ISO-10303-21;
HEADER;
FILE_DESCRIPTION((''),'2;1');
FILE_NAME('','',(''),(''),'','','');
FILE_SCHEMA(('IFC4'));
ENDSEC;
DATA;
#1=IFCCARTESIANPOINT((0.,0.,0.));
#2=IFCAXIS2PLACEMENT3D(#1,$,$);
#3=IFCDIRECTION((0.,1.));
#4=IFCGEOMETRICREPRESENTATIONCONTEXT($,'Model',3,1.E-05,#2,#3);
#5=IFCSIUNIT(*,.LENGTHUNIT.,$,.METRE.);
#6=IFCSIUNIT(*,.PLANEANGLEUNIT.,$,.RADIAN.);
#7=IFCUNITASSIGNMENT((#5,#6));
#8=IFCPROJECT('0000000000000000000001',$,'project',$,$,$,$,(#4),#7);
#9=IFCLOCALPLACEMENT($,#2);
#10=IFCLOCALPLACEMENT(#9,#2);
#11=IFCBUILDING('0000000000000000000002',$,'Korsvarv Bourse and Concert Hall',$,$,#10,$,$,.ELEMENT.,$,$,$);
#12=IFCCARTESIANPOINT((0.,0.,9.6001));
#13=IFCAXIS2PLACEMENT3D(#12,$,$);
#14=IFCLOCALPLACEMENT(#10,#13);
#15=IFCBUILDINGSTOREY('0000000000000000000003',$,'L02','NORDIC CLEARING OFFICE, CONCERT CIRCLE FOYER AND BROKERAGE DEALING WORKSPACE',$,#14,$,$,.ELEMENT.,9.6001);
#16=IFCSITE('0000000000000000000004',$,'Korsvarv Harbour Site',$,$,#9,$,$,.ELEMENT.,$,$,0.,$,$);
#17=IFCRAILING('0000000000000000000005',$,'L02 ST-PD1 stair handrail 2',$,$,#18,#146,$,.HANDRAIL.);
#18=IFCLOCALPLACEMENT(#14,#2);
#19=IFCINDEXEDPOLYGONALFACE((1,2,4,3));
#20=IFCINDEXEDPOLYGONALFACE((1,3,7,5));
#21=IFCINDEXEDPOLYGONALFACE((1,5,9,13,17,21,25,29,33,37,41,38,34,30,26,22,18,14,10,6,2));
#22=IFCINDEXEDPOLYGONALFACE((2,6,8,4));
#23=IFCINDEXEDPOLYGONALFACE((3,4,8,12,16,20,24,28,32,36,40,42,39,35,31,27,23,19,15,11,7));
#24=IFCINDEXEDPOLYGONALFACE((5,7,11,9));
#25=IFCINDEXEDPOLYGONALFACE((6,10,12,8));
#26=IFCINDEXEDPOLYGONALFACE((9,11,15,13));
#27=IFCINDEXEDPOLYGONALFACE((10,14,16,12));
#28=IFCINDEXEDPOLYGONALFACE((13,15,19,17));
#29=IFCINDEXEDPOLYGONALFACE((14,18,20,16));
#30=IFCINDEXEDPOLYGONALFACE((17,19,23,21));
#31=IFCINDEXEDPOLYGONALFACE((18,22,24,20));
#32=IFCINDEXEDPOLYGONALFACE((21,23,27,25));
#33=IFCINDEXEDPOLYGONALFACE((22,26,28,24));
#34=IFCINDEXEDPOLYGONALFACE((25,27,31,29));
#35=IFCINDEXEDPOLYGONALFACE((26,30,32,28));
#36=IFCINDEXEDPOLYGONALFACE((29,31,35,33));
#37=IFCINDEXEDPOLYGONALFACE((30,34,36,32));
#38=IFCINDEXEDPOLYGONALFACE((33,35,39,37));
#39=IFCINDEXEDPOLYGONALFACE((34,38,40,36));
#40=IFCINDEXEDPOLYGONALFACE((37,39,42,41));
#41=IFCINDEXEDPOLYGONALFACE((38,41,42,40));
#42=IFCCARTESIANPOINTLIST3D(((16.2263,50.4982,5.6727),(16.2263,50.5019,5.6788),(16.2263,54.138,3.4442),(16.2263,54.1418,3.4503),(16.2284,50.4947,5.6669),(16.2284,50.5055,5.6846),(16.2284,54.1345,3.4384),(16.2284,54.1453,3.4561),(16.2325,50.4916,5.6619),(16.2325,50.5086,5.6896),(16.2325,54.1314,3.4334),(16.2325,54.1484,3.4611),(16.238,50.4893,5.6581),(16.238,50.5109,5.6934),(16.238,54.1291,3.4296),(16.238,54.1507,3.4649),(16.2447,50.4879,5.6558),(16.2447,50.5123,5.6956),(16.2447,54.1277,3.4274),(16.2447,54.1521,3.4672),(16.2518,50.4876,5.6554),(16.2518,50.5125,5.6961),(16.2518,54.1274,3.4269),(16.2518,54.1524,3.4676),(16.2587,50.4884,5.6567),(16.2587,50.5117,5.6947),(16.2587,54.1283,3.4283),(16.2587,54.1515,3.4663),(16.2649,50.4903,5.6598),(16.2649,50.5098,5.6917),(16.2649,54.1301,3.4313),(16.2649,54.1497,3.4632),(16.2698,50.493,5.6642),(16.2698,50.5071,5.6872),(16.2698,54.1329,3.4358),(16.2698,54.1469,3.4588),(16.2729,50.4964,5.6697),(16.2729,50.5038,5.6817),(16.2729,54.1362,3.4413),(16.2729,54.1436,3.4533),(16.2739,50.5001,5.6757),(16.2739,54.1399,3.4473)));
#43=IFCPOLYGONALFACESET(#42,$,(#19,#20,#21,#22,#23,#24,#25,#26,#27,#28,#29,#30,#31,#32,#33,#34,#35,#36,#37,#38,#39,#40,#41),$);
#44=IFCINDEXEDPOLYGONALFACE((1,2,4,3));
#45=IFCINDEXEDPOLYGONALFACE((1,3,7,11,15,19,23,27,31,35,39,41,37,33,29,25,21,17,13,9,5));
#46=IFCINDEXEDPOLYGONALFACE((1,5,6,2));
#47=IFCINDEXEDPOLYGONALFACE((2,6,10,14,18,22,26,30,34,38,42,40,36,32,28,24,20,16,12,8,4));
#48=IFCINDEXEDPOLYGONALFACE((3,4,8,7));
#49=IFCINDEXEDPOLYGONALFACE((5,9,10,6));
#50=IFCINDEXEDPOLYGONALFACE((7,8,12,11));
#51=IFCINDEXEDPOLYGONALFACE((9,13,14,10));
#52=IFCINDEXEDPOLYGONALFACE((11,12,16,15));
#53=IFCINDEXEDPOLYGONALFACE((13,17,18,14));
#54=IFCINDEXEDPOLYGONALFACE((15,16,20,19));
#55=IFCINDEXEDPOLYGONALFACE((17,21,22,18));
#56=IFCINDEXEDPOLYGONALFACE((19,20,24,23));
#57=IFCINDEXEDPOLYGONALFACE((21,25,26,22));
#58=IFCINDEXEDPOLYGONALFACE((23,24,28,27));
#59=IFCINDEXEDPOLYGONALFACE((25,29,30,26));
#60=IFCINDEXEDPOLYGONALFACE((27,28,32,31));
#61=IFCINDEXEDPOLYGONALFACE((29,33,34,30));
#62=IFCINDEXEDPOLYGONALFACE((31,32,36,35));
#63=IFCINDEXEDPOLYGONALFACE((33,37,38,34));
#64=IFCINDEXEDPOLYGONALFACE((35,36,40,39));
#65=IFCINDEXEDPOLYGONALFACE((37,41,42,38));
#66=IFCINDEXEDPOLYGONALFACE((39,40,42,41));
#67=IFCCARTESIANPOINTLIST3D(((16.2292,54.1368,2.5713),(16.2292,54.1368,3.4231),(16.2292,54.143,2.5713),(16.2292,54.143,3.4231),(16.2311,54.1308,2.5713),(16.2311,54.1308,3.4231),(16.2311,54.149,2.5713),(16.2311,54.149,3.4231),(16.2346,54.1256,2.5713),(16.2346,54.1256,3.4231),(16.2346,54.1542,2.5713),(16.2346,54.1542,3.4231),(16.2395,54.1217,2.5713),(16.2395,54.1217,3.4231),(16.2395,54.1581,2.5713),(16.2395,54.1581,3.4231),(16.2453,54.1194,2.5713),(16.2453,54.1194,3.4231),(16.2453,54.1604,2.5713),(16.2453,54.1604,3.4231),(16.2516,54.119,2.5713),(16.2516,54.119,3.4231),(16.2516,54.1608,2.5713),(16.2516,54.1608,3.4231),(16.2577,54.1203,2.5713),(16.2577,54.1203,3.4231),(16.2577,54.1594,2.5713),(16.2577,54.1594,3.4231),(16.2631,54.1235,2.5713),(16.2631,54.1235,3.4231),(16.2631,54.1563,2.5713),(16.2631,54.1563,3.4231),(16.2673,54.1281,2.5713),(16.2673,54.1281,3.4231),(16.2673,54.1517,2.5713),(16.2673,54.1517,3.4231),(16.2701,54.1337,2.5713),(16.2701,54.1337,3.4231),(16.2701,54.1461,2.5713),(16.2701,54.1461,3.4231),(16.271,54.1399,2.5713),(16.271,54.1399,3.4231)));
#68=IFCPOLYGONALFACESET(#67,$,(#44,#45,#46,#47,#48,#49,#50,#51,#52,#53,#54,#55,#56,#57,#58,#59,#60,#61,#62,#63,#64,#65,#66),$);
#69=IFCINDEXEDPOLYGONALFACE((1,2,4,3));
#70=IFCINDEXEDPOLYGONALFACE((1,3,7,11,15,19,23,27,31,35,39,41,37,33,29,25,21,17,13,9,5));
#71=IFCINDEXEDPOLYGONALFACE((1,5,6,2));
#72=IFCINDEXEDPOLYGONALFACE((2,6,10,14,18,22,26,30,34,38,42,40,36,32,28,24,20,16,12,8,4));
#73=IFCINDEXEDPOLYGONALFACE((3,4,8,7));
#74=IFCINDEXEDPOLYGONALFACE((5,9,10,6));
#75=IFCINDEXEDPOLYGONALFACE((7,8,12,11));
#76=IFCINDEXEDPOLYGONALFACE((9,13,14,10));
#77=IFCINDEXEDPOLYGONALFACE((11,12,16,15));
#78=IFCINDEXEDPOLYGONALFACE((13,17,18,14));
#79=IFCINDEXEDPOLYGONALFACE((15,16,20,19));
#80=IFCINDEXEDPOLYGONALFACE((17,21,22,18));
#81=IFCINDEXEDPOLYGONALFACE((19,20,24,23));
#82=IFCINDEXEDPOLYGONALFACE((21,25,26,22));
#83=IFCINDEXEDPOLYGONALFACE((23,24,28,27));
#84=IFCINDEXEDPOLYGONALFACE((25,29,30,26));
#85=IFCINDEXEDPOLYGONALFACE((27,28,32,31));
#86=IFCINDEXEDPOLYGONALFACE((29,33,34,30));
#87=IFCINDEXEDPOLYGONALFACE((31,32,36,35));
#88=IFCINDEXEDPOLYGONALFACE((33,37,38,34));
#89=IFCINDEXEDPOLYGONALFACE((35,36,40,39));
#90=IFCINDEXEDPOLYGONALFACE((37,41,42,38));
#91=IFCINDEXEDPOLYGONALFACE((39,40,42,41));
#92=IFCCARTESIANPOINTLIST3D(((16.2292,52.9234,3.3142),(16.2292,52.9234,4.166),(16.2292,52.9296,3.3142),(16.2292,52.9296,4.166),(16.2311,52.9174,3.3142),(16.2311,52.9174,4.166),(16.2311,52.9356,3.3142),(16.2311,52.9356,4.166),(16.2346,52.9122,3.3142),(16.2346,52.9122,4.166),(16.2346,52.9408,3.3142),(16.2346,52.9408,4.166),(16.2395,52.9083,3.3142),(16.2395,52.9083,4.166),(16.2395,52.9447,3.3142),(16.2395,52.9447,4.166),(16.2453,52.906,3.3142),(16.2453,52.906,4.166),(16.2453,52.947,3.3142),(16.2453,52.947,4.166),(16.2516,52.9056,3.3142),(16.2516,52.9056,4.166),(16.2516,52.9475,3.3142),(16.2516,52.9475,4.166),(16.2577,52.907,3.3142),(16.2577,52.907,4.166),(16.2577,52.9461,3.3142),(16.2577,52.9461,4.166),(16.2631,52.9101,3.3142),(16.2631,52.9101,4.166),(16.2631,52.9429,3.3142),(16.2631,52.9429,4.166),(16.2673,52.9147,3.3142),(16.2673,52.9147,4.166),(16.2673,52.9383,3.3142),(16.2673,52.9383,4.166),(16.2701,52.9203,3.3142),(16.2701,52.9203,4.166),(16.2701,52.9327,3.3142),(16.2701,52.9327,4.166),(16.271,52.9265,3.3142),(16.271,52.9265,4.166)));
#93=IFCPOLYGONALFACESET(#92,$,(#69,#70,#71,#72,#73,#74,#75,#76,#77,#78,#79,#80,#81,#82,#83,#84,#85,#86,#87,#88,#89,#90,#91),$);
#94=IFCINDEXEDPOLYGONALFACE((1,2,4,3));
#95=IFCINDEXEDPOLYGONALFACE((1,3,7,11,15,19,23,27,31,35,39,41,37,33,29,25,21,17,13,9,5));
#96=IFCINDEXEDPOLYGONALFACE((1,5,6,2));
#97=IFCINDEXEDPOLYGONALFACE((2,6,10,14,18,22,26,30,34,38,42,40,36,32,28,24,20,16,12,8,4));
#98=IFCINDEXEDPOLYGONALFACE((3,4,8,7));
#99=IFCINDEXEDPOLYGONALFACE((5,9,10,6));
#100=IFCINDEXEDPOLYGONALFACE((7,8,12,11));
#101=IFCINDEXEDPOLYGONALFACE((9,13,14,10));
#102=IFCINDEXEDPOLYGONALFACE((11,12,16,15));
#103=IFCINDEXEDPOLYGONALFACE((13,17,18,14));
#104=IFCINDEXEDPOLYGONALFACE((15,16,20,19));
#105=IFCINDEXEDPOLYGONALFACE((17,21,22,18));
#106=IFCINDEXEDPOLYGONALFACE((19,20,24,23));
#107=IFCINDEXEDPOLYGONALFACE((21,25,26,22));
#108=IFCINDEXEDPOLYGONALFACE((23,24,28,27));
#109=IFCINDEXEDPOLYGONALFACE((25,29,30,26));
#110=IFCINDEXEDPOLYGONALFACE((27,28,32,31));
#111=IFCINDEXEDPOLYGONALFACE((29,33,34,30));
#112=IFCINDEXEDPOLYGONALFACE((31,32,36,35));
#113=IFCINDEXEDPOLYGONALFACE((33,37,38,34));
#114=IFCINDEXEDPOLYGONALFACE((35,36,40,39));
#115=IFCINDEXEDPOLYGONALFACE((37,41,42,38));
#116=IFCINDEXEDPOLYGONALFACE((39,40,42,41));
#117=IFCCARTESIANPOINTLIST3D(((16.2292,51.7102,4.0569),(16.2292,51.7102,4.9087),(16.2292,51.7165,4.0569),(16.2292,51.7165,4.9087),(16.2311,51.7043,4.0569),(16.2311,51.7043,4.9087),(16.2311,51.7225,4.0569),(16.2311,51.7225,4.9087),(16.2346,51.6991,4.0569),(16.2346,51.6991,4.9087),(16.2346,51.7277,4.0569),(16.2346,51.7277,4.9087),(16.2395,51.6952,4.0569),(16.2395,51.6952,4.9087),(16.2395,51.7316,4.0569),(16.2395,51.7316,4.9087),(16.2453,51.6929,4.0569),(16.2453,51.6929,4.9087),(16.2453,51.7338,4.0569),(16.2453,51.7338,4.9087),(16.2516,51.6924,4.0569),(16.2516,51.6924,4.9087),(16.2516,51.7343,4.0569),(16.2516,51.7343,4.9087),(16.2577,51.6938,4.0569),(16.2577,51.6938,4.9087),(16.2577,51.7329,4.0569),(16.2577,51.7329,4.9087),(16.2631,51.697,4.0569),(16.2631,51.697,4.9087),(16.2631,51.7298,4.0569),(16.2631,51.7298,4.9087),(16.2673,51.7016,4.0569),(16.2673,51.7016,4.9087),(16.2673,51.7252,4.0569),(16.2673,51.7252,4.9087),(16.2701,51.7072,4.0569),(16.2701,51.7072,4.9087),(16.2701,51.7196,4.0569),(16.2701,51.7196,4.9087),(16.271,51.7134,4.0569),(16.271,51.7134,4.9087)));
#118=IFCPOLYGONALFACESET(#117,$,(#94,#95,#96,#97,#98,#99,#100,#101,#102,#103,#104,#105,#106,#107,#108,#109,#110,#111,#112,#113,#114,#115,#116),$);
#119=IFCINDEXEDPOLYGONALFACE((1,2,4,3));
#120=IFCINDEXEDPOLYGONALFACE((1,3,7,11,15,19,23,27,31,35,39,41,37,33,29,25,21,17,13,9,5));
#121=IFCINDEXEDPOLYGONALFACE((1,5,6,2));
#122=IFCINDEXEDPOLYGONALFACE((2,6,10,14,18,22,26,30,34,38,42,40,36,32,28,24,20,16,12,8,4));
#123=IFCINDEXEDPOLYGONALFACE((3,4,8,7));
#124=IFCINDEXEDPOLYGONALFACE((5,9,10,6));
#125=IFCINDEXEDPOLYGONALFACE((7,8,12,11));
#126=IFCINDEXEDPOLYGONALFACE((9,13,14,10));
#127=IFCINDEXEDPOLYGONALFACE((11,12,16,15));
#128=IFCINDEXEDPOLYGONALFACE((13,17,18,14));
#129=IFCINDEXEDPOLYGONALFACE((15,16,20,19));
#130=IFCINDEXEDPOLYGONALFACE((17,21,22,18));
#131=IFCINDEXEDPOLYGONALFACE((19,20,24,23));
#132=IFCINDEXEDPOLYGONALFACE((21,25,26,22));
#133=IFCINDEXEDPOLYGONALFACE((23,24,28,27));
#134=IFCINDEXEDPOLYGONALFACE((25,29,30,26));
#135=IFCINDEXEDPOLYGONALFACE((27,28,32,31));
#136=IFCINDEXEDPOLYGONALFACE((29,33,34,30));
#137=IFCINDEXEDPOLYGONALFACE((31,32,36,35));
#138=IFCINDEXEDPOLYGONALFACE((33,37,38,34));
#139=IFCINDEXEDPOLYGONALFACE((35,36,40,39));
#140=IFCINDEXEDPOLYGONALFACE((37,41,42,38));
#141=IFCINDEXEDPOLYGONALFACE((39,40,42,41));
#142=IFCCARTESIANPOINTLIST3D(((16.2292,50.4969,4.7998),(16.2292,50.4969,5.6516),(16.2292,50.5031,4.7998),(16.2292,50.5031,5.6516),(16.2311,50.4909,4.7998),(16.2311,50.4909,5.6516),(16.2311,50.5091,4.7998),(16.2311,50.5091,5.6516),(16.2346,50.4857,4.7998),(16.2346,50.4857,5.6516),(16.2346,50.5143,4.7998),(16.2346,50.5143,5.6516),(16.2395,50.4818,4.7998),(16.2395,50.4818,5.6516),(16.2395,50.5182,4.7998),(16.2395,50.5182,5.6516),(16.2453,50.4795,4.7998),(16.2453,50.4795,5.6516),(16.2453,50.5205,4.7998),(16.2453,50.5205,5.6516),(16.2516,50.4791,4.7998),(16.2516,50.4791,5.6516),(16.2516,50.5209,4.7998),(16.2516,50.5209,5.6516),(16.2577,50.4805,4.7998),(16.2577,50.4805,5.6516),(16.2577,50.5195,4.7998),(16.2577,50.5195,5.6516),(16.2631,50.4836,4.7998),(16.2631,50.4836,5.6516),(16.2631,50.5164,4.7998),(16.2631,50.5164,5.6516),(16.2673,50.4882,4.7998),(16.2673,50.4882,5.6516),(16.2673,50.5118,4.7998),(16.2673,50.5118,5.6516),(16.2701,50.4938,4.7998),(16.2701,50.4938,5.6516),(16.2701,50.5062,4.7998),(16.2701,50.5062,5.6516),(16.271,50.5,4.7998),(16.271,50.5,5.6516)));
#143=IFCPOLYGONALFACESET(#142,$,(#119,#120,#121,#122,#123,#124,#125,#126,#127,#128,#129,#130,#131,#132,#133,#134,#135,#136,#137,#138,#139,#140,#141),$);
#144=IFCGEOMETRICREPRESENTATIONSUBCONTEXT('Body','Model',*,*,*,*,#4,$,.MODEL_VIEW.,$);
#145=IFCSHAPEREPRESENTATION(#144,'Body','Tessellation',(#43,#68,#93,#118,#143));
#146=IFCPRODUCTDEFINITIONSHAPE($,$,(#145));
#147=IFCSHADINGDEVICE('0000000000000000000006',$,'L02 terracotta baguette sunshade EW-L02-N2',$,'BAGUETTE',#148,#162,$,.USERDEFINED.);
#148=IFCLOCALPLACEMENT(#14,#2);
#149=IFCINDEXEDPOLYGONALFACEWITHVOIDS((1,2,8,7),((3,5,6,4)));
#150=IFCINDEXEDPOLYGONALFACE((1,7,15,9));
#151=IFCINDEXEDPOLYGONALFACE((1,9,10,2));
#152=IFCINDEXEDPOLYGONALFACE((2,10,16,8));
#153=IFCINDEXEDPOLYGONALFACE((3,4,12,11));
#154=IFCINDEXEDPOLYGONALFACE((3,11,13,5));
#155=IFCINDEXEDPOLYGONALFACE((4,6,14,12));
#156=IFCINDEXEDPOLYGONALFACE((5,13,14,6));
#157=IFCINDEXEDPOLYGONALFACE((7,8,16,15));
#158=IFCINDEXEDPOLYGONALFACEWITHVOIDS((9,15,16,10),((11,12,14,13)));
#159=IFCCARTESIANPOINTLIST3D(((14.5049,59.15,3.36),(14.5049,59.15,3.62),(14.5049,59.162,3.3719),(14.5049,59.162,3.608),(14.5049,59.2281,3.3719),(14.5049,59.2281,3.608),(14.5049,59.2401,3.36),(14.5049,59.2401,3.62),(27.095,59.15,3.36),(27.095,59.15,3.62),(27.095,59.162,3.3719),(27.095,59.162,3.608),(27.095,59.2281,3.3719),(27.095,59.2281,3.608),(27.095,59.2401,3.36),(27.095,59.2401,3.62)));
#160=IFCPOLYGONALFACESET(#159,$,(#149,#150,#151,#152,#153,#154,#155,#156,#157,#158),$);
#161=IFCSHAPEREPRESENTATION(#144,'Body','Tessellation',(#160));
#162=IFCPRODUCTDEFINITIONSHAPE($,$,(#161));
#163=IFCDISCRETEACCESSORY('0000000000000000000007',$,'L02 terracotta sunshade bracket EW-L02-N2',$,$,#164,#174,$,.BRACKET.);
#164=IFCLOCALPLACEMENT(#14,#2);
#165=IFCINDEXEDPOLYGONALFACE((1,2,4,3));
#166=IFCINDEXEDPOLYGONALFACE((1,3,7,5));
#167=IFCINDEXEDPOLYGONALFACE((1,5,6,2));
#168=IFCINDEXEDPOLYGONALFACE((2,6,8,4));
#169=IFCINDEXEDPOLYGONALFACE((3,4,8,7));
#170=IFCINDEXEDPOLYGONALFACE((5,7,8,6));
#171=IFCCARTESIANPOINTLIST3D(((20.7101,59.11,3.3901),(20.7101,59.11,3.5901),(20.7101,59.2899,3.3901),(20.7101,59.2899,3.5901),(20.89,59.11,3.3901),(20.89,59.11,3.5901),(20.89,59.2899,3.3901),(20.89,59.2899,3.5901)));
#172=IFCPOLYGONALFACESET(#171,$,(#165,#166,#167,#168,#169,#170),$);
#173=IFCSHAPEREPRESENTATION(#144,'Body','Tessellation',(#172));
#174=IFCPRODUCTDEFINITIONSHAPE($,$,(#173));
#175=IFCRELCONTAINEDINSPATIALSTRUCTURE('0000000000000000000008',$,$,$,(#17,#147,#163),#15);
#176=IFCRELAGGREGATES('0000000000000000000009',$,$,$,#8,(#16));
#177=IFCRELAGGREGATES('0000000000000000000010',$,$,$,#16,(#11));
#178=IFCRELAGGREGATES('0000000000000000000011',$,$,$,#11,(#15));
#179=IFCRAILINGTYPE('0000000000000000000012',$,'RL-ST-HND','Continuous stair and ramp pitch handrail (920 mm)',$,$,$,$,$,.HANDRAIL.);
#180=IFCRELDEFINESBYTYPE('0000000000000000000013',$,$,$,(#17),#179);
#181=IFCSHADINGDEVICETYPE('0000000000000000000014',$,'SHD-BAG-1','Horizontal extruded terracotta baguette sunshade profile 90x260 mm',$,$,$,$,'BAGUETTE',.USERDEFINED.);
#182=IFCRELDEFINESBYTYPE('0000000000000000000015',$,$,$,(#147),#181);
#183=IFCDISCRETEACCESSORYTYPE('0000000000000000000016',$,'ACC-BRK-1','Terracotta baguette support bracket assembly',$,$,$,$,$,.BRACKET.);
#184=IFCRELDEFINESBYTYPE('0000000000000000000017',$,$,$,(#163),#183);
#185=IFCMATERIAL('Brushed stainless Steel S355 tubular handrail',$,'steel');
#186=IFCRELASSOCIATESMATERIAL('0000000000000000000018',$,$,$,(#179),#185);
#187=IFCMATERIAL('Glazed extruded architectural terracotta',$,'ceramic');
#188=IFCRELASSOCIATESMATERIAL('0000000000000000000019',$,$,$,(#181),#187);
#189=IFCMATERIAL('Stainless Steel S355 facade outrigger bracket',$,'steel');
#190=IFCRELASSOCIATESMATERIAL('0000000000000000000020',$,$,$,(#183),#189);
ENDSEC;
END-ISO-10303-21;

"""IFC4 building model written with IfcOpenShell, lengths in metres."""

from ifc_helpers import new_model, si_unit, direction, frame, origin, origin_2d, place, context, subcontext, project, spatial, rectangle, hollow_rectangle, circle, extrude, source, transform, mapped, material, material_profile, profile_set, type_object, element, save


model = new_model("IFC4")

# Units and contexts
model_context = context("Model", 3, precision=1e-05, world=origin(), true_north=direction((0.0, 1.0)))
body_context = subcontext(model_context, "Body", "Model", "MODEL_VIEW")
ifc_project = project(units=[si_unit("LENGTHUNIT", "METRE"), si_unit("PLANEANGLEUNIT", "RADIAN")], contexts=[model_context])

# Site, building, storey
site_placement = place(None, origin())
site = spatial("IfcSite", under=ifc_project, at=site_placement, Name="Korsvarv Harbour Site", CompositionType="ELEMENT", RefElevation=0.0)
building_placement = place(site_placement, origin())
building = spatial("IfcBuilding", under=site, at=building_placement, Name="Korsvarv Bourse and Concert Hall", CompositionType="ELEMENT")
storey_placement = place(building_placement, frame((0.0, 0.0, 9.6001)))
storey = spatial("IfcBuildingStorey", under=building, at=storey_placement, Name="L02", Description="NORDIC CLEARING OFFICE, CONCERT CIRCLE FOYER AND BROKERAGE DEALING WORKSPACE", CompositionType="ELEMENT", Elevation=9.6001)

# Railing
ifc_material_1 = material(Name="Brushed stainless Steel S355 tubular handrail", Category="steel")
railing_type_1 = type_object("IfcRailingType", Name="RL-ST-HND", Description="Continuous stair and ramp pitch handrail (920 mm)", PredefinedType="HANDRAIL", material=ifc_material_1)
railing_1_placement = place(storey_placement, frame((16.25, 54.1399, 2.5713)))
element("IfcRailing", 1, at=railing_1_placement, inside=storey, type_object=railing_type_1, Name="L02 ST-PD1 stair handrail 2", PredefinedType="HANDRAIL", context=body_context, shape_type="SweptSolid", body=[
    extrude(circle(Radius=0.0239, at=origin_2d()), frame((0.0, 0.0, 0.876), z_axis=(0.0, -0.85285, 0.522156), x_axis=(1.0, 0.0, 0.0)), (0.0, 0.0, 1.0), 4.2678),
    extrude(circle(Radius=0.021, at=origin_2d()), origin(), (0.0, 0.0, 1.0), 0.8518),
    extrude(circle(Radius=0.021, at=origin_2d()), frame((0.0, -1.2134, 0.7429)), (0.0, 0.0, 1.0), 0.8518),
    extrude(circle(Radius=0.021, at=origin_2d()), frame((0.0, -2.4265, 1.4856)), (0.0, 0.0, 1.0), 0.8518),
    extrude(circle(Radius=0.021, at=origin_2d()), frame((0.0, -3.6399, 2.2285)), (0.0, 0.0, 1.0), 0.8518),
])

# Shading device
ifc_material_2 = material(Name="Glazed extruded architectural terracotta", Category="ceramic")
ifc_material_profile_1 = material_profile(ifc_material_2, hollow_rectangle(XDim=0.0901, YDim=0.26, WallThickness=0.012, at=origin_2d()), Name="TC-BAG 90x260")
ifc_profile_set_1 = profile_set([ifc_material_profile_1], Name="Glazed extruded architectural terracotta")
shading_device_type = type_object("IfcShadingDeviceType", Name="SHD-BAG-1", Description="Horizontal extruded terracotta baguette sunshade profile 90x260 mm", ElementType="BAGUETTE", PredefinedType="USERDEFINED", material=ifc_profile_set_1)
shared_shape_1 = source(origin(), body_context, "Body", "SweptSolid", [
    extrude(hollow_rectangle(XDim=0.0901, YDim=0.26, WallThickness=0.012, at=origin_2d()), origin(), (0.0, 0.0, 1.0), 12.5901),
])
shading_device_placement = place(storey_placement, frame((14.5049, 59.1951, 3.49), z_axis=(1.0, 0.0, 0.0), x_axis=(0.0, 1.0, 0.0)))
element("IfcShadingDevice", 2, at=shading_device_placement, inside=storey, type_object=shading_device_type, Name="L02 terracotta baguette sunshade EW-L02-N2", ObjectType="BAGUETTE", PredefinedType="USERDEFINED", context=body_context, shape_type="MappedRepresentation", body=[
    mapped(shared_shape_1, transform((0.0, 0.0, 0.0), scale=1.0)),
])

# Discrete accessory
ifc_material_3 = material(Name="Stainless Steel S355 facade outrigger bracket", Category="steel")
discrete_accessory_type = type_object("IfcDiscreteAccessoryType", Name="ACC-BRK-1", Description="Terracotta baguette support bracket assembly", PredefinedType="BRACKET", material=ifc_material_3)
shared_shape_2 = source(origin(), body_context, "Body", "SweptSolid", [
    extrude(rectangle(XDim=0.1799, YDim=0.1799, at=origin_2d()), origin(), (0.0, 0.0, 1.0), 0.2),
])
discrete_accessory_placement = place(storey_placement, frame((20.8, 59.2, 3.3901), z_axis=(0.0, 0.0, 1.0), x_axis=(1.0, 0.0, 0.0)))
element("IfcDiscreteAccessory", 3, at=discrete_accessory_placement, inside=storey, type_object=discrete_accessory_type, Name="L02 terracotta sunshade bracket EW-L02-N2", PredefinedType="BRACKET", context=body_context, shape_type="MappedRepresentation", body=[
    mapped(shared_shape_2, transform((0.0, 0.0, 0.0), scale=1.0)),
])

save(model, "model.ifc")
